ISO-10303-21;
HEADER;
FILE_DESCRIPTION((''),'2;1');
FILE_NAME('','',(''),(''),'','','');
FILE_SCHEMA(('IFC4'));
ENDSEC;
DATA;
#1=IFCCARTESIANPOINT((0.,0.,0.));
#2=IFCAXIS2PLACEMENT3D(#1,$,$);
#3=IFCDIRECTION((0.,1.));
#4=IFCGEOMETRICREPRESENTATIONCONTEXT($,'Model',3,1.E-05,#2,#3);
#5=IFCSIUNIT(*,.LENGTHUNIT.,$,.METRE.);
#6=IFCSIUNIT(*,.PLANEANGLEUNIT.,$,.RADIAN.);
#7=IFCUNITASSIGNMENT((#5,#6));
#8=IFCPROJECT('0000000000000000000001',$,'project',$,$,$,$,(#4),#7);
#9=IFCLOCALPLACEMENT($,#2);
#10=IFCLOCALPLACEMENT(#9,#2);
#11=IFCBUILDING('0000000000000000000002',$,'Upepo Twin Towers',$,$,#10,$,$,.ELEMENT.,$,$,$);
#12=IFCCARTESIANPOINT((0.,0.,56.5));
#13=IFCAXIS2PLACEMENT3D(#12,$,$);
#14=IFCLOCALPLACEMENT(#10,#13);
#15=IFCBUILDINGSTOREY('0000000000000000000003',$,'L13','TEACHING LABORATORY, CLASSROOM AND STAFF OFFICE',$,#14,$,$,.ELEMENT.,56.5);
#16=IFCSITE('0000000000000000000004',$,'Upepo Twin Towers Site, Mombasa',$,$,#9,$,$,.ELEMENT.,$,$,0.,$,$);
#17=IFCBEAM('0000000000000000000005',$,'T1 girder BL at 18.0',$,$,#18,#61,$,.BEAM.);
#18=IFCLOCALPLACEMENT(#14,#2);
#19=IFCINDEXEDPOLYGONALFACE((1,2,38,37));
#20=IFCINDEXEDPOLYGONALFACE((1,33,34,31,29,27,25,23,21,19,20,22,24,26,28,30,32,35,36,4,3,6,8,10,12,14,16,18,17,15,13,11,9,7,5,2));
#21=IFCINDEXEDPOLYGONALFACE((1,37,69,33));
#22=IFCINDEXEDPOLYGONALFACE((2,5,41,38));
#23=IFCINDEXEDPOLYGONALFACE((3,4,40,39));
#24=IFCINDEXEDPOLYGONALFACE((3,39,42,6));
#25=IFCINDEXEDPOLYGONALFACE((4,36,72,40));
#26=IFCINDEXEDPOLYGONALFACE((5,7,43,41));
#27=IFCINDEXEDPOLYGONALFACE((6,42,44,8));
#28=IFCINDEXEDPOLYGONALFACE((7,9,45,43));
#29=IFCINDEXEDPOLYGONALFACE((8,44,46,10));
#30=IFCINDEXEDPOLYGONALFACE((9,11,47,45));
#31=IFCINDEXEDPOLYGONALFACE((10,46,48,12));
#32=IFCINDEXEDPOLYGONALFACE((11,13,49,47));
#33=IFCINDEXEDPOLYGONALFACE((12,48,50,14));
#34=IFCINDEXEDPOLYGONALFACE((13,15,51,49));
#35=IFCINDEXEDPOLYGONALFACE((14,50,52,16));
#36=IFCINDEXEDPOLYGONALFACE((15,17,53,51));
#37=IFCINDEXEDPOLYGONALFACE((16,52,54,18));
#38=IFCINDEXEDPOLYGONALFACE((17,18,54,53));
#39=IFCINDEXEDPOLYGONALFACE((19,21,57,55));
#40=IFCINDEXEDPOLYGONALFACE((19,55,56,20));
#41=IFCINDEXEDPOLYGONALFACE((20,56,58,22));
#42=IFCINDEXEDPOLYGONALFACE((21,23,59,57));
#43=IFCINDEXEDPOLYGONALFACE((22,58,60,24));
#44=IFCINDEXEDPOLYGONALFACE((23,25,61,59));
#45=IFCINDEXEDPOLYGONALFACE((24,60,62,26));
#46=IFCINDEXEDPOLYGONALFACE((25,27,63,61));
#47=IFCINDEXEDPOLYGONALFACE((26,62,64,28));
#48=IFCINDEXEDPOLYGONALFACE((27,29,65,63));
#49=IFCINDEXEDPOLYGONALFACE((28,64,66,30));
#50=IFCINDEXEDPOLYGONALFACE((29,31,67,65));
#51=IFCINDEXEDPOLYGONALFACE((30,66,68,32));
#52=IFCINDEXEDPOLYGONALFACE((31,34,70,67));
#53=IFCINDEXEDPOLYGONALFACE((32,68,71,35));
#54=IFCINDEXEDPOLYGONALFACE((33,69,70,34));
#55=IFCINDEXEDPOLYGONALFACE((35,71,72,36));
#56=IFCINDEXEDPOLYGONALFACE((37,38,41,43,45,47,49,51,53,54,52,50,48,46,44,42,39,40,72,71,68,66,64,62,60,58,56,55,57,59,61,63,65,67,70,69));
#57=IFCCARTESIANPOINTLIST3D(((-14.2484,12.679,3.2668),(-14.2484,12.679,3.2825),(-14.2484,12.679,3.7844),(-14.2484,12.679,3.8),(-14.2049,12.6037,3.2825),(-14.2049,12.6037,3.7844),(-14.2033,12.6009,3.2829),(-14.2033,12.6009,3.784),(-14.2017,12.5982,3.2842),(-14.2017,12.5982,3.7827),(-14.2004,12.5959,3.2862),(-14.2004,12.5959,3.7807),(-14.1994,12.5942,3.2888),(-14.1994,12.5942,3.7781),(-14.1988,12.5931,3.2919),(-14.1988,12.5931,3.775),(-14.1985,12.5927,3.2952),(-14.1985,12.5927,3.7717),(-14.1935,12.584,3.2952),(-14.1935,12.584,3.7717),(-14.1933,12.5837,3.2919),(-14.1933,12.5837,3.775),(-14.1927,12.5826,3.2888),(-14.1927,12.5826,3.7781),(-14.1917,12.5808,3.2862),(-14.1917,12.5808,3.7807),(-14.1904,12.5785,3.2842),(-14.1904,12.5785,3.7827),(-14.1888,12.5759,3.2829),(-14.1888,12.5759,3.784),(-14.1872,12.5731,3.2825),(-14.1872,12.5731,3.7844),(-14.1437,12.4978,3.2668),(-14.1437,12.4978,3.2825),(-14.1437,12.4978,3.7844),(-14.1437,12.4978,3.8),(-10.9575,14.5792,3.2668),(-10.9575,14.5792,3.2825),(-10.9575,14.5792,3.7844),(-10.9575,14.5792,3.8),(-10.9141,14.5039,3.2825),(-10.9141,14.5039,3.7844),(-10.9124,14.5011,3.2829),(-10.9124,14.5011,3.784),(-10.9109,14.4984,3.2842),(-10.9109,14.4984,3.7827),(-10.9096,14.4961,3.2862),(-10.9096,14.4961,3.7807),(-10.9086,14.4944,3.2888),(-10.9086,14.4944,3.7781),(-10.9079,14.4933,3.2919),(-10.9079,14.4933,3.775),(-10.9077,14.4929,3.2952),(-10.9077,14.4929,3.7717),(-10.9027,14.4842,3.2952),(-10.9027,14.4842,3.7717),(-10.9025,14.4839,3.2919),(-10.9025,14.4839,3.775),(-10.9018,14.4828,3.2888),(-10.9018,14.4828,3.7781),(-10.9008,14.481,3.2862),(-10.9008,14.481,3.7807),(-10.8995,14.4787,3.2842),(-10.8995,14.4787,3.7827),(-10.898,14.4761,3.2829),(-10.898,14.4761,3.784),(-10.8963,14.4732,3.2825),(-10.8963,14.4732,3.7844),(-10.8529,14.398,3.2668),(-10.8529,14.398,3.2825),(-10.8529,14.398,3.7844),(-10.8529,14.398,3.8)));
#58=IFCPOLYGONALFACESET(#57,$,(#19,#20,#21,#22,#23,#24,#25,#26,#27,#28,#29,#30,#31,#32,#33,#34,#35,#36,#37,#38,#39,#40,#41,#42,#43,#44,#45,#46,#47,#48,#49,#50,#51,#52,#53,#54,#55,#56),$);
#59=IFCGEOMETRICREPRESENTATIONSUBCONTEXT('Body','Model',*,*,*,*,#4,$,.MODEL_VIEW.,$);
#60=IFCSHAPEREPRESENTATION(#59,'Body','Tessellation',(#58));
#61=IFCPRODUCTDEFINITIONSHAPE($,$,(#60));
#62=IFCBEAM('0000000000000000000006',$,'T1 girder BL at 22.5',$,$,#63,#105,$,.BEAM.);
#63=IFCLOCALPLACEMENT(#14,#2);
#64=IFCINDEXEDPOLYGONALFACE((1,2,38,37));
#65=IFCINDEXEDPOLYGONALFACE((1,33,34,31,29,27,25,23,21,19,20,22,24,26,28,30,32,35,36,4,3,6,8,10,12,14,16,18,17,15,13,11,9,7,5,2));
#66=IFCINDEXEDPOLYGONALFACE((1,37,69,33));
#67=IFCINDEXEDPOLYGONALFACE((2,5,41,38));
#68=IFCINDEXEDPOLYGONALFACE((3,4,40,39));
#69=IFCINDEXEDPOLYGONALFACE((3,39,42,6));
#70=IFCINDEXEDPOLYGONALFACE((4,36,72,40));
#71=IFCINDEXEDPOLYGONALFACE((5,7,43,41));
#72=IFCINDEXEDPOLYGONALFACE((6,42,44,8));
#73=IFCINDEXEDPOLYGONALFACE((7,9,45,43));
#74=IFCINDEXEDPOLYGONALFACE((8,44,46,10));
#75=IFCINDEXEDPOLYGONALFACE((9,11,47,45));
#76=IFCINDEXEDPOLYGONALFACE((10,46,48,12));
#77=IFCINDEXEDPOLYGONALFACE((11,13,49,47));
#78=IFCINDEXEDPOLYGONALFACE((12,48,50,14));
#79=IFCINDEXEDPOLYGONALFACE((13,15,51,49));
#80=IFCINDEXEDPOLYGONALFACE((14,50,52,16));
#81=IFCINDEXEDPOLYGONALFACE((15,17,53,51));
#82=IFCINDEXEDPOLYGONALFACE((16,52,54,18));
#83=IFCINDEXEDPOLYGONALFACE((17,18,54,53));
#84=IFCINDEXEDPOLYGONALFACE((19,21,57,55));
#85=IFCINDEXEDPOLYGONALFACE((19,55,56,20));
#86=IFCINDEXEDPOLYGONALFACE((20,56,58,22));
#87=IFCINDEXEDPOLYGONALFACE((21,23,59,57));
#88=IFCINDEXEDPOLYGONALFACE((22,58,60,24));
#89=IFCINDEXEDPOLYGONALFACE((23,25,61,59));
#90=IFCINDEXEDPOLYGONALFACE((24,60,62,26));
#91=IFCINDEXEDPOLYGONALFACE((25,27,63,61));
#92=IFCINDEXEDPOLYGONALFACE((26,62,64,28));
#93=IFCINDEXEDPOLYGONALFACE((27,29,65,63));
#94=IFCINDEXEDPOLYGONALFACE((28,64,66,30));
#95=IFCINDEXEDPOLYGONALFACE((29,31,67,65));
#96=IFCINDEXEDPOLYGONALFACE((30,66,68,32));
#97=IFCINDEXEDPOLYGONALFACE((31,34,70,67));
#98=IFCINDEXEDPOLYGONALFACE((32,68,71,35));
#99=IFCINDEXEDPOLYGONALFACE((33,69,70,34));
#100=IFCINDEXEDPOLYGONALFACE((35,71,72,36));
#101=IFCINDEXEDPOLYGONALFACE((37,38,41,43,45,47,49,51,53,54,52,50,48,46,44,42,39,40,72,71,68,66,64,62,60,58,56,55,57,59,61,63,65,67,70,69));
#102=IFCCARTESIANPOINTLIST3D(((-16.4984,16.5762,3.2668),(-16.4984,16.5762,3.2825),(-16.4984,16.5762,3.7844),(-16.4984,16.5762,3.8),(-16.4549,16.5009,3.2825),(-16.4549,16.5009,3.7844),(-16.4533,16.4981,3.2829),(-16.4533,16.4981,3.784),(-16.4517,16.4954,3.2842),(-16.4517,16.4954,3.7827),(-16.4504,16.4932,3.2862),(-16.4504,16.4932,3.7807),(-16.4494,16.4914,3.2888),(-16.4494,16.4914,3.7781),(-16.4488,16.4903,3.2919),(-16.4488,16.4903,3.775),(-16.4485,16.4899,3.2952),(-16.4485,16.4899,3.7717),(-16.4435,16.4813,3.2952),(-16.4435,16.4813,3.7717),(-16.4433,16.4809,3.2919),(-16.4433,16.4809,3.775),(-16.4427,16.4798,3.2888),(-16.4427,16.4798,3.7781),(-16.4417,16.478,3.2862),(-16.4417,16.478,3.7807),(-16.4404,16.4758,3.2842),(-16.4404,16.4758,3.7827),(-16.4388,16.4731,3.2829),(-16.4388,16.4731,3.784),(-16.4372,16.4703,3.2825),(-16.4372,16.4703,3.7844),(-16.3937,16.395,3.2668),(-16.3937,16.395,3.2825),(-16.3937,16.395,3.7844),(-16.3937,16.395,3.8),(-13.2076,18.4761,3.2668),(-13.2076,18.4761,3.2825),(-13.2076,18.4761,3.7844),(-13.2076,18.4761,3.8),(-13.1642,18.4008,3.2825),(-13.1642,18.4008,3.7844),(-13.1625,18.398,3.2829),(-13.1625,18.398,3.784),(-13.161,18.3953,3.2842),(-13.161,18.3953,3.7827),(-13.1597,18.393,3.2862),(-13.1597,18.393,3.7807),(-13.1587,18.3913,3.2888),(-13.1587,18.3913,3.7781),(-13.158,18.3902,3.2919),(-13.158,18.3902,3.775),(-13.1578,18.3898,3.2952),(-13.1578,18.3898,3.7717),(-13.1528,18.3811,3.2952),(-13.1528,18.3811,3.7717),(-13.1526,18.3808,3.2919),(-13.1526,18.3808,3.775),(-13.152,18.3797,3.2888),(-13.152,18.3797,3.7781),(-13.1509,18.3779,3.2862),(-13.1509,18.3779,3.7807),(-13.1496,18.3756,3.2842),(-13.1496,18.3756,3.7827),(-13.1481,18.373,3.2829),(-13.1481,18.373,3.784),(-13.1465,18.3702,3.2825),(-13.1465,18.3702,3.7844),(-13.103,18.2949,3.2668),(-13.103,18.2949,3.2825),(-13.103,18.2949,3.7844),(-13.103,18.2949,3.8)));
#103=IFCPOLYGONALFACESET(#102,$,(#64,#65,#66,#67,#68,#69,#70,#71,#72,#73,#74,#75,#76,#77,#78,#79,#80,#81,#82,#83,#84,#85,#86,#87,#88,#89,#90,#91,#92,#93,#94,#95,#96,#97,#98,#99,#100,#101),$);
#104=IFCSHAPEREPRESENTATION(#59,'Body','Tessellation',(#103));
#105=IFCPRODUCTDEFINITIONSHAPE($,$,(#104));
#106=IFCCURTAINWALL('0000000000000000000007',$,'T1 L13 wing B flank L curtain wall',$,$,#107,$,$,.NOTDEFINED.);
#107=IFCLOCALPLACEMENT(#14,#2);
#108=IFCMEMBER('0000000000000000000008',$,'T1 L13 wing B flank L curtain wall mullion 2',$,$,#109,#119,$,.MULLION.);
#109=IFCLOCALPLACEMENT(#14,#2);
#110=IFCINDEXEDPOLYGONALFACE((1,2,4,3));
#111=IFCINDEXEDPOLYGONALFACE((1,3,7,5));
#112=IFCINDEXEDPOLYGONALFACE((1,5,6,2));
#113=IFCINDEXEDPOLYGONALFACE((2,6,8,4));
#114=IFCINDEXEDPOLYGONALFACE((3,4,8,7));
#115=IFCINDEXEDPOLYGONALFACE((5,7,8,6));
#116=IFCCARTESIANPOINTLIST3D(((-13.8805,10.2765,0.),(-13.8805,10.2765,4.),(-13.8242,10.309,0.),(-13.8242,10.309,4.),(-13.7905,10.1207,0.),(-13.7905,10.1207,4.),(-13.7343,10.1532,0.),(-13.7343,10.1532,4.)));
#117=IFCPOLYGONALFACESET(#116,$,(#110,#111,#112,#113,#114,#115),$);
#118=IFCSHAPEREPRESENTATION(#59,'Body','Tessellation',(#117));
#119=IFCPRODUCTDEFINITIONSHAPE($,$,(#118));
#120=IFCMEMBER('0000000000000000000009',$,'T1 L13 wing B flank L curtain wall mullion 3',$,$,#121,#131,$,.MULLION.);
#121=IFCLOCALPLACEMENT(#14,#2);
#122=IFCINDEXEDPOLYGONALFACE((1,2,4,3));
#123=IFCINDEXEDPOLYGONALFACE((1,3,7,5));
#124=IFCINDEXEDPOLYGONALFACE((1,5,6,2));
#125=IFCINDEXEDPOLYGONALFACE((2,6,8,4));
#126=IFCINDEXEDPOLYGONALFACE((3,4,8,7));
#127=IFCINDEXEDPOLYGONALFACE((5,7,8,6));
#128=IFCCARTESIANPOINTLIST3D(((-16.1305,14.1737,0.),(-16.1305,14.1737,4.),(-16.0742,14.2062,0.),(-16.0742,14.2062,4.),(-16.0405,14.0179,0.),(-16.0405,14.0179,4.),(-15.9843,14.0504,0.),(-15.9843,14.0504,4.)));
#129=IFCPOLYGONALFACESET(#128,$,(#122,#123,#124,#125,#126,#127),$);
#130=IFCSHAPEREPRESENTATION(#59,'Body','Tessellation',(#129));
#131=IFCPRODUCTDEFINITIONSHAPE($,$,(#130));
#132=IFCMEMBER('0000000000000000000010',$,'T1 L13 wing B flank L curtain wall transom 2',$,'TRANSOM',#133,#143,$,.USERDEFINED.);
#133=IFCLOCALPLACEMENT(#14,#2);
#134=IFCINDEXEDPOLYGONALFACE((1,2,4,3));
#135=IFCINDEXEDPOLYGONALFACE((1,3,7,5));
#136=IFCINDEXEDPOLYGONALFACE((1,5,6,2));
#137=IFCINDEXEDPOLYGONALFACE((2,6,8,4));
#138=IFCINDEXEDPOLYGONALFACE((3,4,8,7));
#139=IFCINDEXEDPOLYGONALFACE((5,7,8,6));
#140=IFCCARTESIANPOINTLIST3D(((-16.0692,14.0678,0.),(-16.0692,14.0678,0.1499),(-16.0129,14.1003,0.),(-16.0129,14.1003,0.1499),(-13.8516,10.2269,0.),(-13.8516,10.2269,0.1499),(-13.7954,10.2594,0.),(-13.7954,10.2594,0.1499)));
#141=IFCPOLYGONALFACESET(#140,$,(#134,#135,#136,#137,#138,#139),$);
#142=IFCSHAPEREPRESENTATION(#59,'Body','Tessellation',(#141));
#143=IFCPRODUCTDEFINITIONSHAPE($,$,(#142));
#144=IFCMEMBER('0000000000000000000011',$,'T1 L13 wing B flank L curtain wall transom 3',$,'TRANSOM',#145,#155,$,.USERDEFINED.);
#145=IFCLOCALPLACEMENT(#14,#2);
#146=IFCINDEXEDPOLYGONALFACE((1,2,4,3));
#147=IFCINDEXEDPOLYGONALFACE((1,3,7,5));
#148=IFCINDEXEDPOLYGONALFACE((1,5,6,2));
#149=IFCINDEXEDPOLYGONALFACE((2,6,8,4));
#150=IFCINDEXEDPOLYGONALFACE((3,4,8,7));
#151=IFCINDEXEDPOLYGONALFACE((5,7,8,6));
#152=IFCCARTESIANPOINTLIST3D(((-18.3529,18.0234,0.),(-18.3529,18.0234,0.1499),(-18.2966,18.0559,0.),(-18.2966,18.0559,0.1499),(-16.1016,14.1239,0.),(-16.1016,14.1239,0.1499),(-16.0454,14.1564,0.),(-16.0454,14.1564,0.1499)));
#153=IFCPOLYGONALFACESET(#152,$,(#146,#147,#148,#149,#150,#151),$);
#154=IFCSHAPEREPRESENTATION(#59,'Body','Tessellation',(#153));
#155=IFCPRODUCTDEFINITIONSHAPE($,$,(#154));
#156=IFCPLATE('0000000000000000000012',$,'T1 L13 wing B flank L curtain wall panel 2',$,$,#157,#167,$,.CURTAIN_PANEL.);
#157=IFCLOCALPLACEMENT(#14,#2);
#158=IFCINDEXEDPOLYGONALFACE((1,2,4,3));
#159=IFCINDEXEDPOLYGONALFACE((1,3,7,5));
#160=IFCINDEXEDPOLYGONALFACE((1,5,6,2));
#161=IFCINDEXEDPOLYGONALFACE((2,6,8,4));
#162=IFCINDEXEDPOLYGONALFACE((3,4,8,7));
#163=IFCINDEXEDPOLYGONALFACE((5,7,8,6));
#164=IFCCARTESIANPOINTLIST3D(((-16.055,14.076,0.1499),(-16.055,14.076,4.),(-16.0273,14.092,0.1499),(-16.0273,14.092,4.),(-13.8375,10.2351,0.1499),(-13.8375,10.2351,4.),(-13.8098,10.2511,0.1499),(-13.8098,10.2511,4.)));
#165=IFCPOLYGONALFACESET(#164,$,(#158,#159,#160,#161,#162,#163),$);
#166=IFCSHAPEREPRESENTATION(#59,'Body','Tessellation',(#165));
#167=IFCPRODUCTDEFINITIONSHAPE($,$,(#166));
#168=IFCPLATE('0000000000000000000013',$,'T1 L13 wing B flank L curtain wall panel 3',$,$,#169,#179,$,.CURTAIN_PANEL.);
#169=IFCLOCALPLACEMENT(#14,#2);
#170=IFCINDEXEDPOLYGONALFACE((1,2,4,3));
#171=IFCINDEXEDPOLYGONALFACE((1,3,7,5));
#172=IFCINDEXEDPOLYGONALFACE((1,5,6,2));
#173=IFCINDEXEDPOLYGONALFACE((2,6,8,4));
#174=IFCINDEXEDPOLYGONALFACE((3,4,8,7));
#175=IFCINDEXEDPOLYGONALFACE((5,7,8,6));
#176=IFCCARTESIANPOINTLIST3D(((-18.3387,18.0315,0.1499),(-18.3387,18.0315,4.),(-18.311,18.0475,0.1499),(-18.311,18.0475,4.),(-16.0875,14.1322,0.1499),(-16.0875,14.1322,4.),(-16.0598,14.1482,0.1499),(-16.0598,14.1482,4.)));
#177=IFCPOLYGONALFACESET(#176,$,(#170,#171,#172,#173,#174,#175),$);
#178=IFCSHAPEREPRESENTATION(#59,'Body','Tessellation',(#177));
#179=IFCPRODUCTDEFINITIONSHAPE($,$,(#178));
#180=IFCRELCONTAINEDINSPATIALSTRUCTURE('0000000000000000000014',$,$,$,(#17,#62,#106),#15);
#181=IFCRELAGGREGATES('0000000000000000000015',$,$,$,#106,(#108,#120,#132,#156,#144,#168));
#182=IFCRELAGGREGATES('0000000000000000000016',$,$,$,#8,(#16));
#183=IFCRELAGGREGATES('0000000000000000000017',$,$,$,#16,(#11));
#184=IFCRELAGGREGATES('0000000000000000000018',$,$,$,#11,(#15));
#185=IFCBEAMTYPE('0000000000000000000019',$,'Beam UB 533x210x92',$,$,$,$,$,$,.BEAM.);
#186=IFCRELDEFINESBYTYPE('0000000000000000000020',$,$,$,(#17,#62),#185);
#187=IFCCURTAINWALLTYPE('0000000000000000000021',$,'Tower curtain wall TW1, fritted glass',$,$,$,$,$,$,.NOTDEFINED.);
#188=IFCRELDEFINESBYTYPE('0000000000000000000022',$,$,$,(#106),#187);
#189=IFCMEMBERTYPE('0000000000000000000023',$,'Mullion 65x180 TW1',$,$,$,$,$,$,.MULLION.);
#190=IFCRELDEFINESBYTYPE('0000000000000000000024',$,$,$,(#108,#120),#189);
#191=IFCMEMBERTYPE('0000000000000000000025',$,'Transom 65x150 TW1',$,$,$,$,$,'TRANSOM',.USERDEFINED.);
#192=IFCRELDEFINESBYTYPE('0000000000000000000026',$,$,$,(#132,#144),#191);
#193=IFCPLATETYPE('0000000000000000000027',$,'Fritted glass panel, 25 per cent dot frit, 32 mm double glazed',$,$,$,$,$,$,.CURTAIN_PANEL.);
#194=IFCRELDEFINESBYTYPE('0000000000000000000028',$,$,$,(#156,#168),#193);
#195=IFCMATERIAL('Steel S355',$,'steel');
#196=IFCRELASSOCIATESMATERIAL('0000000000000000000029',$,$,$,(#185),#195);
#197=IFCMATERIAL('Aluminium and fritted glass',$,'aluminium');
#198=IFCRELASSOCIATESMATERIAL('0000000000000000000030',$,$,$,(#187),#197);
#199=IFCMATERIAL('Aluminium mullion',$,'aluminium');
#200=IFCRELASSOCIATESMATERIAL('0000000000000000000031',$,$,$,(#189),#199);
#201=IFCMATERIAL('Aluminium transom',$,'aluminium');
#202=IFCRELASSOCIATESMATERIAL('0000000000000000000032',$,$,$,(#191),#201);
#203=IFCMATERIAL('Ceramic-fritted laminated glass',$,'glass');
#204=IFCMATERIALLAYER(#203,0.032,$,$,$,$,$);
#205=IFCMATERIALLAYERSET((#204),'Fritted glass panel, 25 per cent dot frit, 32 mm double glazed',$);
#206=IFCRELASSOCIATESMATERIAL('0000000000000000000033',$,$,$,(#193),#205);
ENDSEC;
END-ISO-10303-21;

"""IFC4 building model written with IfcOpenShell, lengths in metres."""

from ifc_helpers import new_model, si_unit, direction, frame, origin, origin_2d, place, context, subcontext, project, spatial, rectangle, i_section, extrude, material, layer, layer_set, material_profile, profile_set, type_object, element, aggregate, save


model = new_model("IFC4")

# Units and contexts
model_context = context("Model", 3, precision=1e-05, world=origin(), true_north=direction((0.0, 1.0)))
body_context = subcontext(model_context, "Body", "Model", "MODEL_VIEW")
ifc_project = project(units=[si_unit("LENGTHUNIT", "METRE"), si_unit("PLANEANGLEUNIT", "RADIAN")], contexts=[model_context])

# Site, building, storey
site_placement = place(None, origin())
site = spatial("IfcSite", under=ifc_project, at=site_placement, Name="Upepo Twin Towers Site, Mombasa", CompositionType="ELEMENT", RefElevation=0.0)
building_placement = place(site_placement, origin())
building = spatial("IfcBuilding", under=site, at=building_placement, Name="Upepo Twin Towers", CompositionType="ELEMENT")
storey_placement = place(building_placement, frame((0.0, 0.0, 56.5)))
storey = spatial("IfcBuildingStorey", under=building, at=storey_placement, Name="L13", Description="TEACHING LABORATORY, CLASSROOM AND STAFF OFFICE", CompositionType="ELEMENT", Elevation=56.5)

# Beams
ifc_material_1 = material(Name="Steel S355", Category="steel")
ifc_material_profile_1 = material_profile(ifc_material_1, i_section(OverallWidth=0.2092, OverallDepth=0.5332, WebThickness=0.01, FlangeThickness=0.0156, FilletRadius=0.0127, at=origin_2d()), Name="UB 533x210x92")
ifc_profile_set_1 = profile_set([ifc_material_profile_1], Name="Steel S355")
beam_type_1 = type_object("IfcBeamType", Name="Beam UB 533x210x92", PredefinedType="BEAM", material=ifc_profile_set_1)
beam_1_placement = place(storey_placement, frame((-14.196, 12.5884, 3.5334), z_axis=(0.866, 0.500043, 0.0), x_axis=(-0.500043, 0.866, 0.0)))
element("IfcBeam", 1, at=beam_1_placement, inside=storey, type_object=beam_type_1, Name="T1 girder BL at 18.0", PredefinedType="BEAM", context=body_context, shape_type="SweptSolid", body=[
    extrude(i_section(OverallWidth=0.2092, OverallDepth=0.5332, WebThickness=0.01, FlangeThickness=0.0156, FilletRadius=0.0127, at=origin_2d()), origin(), (0.0, 0.0, 1.0), 3.8),
])
beam_2_placement = place(storey_placement, frame((-16.446, 16.4856, 3.5334), z_axis=(0.866028, 0.499995, 0.0), x_axis=(-0.499995, 0.866028, 0.0)))
element("IfcBeam", 2, at=beam_2_placement, inside=storey, type_object=beam_type_1, Name="T1 girder BL at 22.5", PredefinedType="BEAM", context=body_context, shape_type="SweptSolid", body=[
    extrude(i_section(OverallWidth=0.2092, OverallDepth=0.5332, WebThickness=0.01, FlangeThickness=0.0156, FilletRadius=0.0127, at=origin_2d()), origin(), (0.0, 0.0, 1.0), 3.7998),
])

# Curtain wall, members, plates
ifc_material_2 = material(Name="Aluminium and fritted glass", Category="aluminium")
curtain_wall_type = type_object("IfcCurtainWallType", Name="Tower curtain wall TW1, fritted glass", PredefinedType="NOTDEFINED", material=ifc_material_2)
curtain_wall_placement = place(storey_placement, origin())
curtain_wall = element("IfcCurtainWall", 3, at=curtain_wall_placement, inside=storey, type_object=curtain_wall_type, Name="T1 L13 wing B flank L curtain wall", PredefinedType="NOTDEFINED")
ifc_material_3 = material(Name="Aluminium mullion", Category="aluminium")
ifc_material_profile_2 = material_profile(ifc_material_3, rectangle(XDim=0.0649, YDim=0.1799, at=origin_2d()), Name="MULLION 65x180")
ifc_profile_set_2 = profile_set([ifc_material_profile_2], Name="Aluminium mullion")
member_type_1 = type_object("IfcMemberType", Name="Mullion 65x180 TW1", PredefinedType="MULLION", material=ifc_profile_set_2)
member_1_placement = place(storey_placement, frame((-13.8074, 10.2148, 0.0), z_axis=(0.0, 0.0, 1.0), x_axis=(-0.866025, -0.5, 0.0)))
member_1 = element("IfcMember", 4, at=member_1_placement, type_object=member_type_1, Name="T1 L13 wing B flank L curtain wall mullion 2", PredefinedType="MULLION", context=body_context, shape_type="SweptSolid", body=[
    extrude(rectangle(XDim=0.0649, YDim=0.1799, at=origin_2d()), origin(), (0.0, 0.0, 1.0), 4.0),
])
member_2_placement = place(storey_placement, frame((-16.0574, 14.1121, 0.0), z_axis=(0.0, 0.0, 1.0), x_axis=(-0.866025, -0.5, 0.0)))
member_2 = element("IfcMember", 5, at=member_2_placement, type_object=member_type_1, Name="T1 L13 wing B flank L curtain wall mullion 3", PredefinedType="MULLION", context=body_context, shape_type="SweptSolid", body=[
    extrude(rectangle(XDim=0.0649, YDim=0.1799, at=origin_2d()), origin(), (0.0, 0.0, 1.0), 4.0),
])
ifc_material_4 = material(Name="Aluminium transom", Category="aluminium")
ifc_material_profile_3 = material_profile(ifc_material_4, rectangle(XDim=0.0649, YDim=0.1499, at=origin_2d()), Name="TRANSOM 65x150")
ifc_profile_set_3 = profile_set([ifc_material_profile_3], Name="Aluminium transom")
member_type_2 = type_object("IfcMemberType", Name="Transom 65x150 TW1", ElementType="TRANSOM", PredefinedType="USERDEFINED", material=ifc_profile_set_3)
member_3_placement = place(storey_placement, frame((-13.8235, 10.2432, 0.075), z_axis=(-0.500005, 0.866022, 0.0), x_axis=(-0.866022, -0.500005, 0.0)))
member_3 = element("IfcMember", 6, at=member_3_placement, type_object=member_type_2, Name="T1 L13 wing B flank L curtain wall transom 2", ObjectType="TRANSOM", PredefinedType="USERDEFINED", context=body_context, shape_type="SweptSolid", body=[
    extrude(rectangle(XDim=0.0649, YDim=0.1499, at=origin_2d()), origin(), (0.0, 0.0, 1.0), 4.4351),
])
member_4_placement = place(storey_placement, frame((-16.0735, 14.1401, 0.075), z_axis=(-0.499982, 0.866036, 0.0), x_axis=(-0.866036, -0.499982, 0.0)))
member_4 = element("IfcMember", 7, at=member_4_placement, type_object=member_type_2, Name="T1 L13 wing B flank L curtain wall transom 3", ObjectType="TRANSOM", PredefinedType="USERDEFINED", context=body_context, shape_type="SweptSolid", body=[
    extrude(rectangle(XDim=0.0649, YDim=0.1499, at=origin_2d()), origin(), (0.0, 0.0, 1.0), 4.5027),
])
ifc_material_5 = material(Name="Ceramic-fritted laminated glass", Category="glass")
ifc_layer_1 = layer(ifc_material_5, 0.032)
ifc_layer_set_1 = layer_set([ifc_layer_1], Name="Fritted glass panel, 25 per cent dot frit, 32 mm double glazed")
plate_type = type_object("IfcPlateType", Name="Fritted glass panel, 25 per cent dot frit, 32 mm double glazed", PredefinedType="CURTAIN_PANEL", material=ifc_layer_set_1)
plate_1_placement = place(storey_placement, frame((-14.9324, 12.1636, 0.1499), z_axis=(0.0, 0.0, 1.0), x_axis=(-0.5, 0.866025, 0.0)))
plate_1 = element("IfcPlate", 8, at=plate_1_placement, type_object=plate_type, Name="T1 L13 wing B flank L curtain wall panel 2", PredefinedType="CURTAIN_PANEL", context=body_context, shape_type="SweptSolid", body=[
    extrude(rectangle(XDim=4.4351, YDim=0.032, at=origin_2d()), origin(), (0.0, 0.0, 1.0), 3.8501),
])
plate_2_placement = place(storey_placement, frame((-17.1992, 16.0898, 0.1499), z_axis=(0.0, 0.0, 1.0), x_axis=(-0.5, 0.866025, 0.0)))
plate_2 = element("IfcPlate", 9, at=plate_2_placement, type_object=plate_type, Name="T1 L13 wing B flank L curtain wall panel 3", PredefinedType="CURTAIN_PANEL", context=body_context, shape_type="SweptSolid", body=[
    extrude(rectangle(XDim=4.5024, YDim=0.032, at=origin_2d()), origin(), (0.0, 0.0, 1.0), 3.8501),
])
aggregate(curtain_wall, [member_1, member_2, member_3, plate_1, member_4, plate_2])

save(model, "model.ifc")
